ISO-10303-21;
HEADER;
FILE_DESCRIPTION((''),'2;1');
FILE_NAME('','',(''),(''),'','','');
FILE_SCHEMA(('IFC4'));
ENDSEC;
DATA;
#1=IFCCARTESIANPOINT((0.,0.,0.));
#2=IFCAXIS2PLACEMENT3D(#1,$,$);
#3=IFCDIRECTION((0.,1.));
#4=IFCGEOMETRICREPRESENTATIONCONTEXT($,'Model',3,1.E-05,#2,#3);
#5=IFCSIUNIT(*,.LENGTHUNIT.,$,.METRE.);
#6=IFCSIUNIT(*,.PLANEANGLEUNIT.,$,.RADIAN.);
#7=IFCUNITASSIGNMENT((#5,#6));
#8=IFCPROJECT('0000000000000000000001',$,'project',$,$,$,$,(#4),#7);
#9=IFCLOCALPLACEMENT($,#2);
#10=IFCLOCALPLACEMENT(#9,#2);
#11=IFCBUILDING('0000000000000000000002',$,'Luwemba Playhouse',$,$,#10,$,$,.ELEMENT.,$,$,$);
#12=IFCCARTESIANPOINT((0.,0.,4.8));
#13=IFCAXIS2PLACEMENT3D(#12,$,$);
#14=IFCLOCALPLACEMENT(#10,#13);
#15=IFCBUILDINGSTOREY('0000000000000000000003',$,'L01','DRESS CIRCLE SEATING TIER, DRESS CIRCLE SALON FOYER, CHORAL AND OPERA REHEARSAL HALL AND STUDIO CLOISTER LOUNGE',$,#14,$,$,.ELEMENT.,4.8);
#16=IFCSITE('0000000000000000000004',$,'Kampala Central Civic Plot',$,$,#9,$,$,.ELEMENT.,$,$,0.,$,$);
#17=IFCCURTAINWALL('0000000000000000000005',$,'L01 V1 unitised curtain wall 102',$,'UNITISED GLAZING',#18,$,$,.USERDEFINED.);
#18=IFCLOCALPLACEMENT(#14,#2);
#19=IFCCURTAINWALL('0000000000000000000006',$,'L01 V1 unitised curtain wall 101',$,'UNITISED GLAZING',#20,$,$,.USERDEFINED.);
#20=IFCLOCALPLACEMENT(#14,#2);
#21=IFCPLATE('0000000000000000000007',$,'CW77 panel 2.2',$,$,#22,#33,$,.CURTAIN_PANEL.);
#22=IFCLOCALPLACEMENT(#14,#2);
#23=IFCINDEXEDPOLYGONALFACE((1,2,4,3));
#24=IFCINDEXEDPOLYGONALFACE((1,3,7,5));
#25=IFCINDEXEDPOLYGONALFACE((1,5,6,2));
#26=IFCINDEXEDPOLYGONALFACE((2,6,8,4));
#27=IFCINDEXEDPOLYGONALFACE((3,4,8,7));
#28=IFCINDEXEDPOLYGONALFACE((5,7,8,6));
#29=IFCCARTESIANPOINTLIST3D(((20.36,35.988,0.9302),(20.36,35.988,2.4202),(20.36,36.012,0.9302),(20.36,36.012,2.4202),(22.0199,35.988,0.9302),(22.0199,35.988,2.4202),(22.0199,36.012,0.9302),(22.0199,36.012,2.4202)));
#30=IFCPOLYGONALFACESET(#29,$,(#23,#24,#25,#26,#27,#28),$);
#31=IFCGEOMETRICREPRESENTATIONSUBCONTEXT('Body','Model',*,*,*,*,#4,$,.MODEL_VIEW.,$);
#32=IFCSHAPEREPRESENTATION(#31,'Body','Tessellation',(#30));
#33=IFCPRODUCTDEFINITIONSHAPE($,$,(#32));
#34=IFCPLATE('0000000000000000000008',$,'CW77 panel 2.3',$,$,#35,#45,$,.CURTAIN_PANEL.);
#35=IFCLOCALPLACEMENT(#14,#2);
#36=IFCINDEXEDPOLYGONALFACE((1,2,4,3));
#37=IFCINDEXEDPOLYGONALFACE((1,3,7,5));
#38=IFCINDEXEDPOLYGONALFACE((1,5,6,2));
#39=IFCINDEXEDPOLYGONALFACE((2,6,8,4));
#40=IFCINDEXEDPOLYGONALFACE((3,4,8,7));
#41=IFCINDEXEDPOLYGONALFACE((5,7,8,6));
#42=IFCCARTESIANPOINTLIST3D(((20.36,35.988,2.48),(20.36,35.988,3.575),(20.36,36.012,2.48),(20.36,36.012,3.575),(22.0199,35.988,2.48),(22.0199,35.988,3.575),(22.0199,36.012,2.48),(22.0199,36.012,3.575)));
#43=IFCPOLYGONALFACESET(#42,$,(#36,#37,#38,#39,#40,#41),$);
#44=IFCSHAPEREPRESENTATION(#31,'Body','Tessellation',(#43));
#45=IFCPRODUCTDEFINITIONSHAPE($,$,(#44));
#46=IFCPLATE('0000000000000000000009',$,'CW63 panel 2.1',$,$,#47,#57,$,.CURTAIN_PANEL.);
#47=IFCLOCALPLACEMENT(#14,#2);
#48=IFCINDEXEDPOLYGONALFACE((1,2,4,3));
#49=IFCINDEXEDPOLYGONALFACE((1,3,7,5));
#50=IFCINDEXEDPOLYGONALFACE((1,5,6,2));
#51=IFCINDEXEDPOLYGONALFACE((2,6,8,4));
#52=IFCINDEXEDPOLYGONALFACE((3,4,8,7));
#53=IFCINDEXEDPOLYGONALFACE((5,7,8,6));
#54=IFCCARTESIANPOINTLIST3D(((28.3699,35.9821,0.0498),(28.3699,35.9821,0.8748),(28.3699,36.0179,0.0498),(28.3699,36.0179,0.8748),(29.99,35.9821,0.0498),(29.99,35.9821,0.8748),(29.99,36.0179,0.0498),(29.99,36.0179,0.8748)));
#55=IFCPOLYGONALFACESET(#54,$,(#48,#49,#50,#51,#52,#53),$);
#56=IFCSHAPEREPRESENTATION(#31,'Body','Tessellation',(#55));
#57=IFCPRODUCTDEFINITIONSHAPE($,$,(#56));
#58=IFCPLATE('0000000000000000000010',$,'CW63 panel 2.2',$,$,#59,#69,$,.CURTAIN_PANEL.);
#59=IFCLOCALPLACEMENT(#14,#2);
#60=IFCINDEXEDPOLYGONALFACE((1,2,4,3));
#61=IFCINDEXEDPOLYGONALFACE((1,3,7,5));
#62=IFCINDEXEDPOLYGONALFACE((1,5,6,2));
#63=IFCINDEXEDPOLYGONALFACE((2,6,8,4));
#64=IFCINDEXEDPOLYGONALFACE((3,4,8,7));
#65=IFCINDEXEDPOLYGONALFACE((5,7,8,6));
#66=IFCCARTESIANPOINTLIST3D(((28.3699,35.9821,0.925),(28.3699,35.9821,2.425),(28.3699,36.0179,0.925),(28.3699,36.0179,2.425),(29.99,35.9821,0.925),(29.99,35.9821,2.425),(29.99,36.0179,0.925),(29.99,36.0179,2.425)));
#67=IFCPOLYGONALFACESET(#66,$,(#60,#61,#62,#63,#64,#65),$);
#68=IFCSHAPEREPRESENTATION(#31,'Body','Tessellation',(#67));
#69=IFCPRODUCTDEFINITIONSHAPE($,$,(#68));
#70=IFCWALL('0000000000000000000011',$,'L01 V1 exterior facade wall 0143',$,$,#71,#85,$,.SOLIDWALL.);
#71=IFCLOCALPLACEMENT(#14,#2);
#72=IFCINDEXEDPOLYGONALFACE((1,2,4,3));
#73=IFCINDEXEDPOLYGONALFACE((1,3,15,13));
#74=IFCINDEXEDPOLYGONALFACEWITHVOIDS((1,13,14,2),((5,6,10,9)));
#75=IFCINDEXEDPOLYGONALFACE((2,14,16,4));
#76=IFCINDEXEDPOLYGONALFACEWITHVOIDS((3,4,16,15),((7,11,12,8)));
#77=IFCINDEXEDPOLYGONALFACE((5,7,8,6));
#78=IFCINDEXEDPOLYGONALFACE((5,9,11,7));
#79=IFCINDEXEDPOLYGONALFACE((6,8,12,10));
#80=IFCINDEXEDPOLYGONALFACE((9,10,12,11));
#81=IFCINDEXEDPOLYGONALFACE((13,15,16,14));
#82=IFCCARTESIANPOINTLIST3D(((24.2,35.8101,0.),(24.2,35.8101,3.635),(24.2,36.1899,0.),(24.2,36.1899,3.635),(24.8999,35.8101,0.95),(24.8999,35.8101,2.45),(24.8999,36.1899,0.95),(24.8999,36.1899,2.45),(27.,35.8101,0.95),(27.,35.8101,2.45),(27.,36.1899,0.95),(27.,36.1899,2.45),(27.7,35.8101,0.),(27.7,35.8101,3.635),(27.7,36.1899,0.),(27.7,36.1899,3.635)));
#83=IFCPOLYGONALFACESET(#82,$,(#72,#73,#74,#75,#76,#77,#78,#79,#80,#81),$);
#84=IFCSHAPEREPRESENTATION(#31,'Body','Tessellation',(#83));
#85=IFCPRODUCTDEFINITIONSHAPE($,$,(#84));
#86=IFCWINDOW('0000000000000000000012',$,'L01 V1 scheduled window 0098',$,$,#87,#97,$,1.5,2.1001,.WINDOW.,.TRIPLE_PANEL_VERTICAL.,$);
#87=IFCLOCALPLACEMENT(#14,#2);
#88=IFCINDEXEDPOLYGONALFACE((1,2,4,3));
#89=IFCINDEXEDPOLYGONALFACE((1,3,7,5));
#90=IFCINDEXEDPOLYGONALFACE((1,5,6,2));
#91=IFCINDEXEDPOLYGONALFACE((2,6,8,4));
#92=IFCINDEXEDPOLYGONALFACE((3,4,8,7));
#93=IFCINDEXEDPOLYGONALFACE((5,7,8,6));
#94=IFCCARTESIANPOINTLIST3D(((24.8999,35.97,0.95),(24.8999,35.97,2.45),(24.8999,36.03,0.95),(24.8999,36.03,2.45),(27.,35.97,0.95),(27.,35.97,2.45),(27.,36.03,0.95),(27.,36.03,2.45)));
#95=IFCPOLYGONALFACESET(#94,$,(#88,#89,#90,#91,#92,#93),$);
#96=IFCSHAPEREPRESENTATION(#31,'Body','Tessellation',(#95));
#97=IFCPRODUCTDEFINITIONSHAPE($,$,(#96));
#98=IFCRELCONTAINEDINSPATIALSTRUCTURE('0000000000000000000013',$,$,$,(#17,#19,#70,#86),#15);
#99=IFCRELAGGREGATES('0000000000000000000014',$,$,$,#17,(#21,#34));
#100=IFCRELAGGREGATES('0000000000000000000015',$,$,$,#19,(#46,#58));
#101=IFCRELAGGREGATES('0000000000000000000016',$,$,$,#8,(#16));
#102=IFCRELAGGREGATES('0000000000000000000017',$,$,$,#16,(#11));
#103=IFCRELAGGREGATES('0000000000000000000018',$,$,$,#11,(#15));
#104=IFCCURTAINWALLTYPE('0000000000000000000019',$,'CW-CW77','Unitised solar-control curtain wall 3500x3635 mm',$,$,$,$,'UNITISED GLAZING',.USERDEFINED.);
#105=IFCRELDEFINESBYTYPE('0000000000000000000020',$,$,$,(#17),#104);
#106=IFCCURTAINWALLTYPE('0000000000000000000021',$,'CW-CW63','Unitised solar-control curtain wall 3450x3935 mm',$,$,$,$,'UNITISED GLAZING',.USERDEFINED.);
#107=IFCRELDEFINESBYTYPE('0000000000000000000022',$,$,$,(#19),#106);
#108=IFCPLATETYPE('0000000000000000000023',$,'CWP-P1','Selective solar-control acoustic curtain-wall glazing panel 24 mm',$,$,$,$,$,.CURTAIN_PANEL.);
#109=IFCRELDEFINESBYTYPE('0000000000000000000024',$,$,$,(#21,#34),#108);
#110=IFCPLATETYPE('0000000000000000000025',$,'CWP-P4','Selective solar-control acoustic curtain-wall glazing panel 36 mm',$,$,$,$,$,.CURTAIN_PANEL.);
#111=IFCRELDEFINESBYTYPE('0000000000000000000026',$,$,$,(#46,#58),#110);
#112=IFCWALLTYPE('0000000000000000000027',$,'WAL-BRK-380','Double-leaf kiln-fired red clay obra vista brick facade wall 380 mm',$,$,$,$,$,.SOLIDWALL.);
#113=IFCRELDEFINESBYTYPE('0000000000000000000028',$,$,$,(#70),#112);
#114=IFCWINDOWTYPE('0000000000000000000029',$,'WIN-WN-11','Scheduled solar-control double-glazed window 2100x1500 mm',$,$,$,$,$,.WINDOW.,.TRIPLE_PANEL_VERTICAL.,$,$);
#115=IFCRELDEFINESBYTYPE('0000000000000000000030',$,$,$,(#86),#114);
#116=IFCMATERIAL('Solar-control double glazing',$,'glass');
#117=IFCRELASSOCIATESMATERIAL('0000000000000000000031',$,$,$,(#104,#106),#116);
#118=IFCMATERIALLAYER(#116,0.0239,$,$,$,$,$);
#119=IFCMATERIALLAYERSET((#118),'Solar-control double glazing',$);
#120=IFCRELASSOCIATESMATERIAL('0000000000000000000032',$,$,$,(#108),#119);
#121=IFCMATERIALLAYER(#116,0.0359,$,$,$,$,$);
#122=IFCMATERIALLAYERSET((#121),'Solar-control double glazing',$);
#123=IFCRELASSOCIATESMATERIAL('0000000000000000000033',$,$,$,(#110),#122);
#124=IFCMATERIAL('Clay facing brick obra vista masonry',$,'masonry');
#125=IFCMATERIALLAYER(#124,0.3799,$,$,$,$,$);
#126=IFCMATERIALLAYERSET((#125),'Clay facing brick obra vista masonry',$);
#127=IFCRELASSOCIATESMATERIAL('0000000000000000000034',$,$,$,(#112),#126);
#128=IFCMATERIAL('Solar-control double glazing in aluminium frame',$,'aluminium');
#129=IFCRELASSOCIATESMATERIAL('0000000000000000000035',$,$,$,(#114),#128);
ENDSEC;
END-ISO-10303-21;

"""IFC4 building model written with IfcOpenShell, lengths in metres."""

from ifc_helpers import new_model, si_unit, direction, frame, frame_2d, origin, origin_2d, place, context, subcontext, project, spatial, rectangle, extrude, material, layer, layer_set, type_object, element, fill, aggregate, save


model = new_model("IFC4")

# Units and contexts
model_context = context("Model", 3, precision=1e-05, world=origin(), true_north=direction((0.0, 1.0)))
body_context = subcontext(model_context, "Body", "Model", "MODEL_VIEW")
ifc_project = project(units=[si_unit("LENGTHUNIT", "METRE"), si_unit("PLANEANGLEUNIT", "RADIAN")], contexts=[model_context])

# Site, building, storey
site_placement = place(None, origin())
site = spatial("IfcSite", under=ifc_project, at=site_placement, Name="Kampala Central Civic Plot", CompositionType="ELEMENT", RefElevation=0.0)
building_placement = place(site_placement, origin())
building = spatial("IfcBuilding", under=site, at=building_placement, Name="Luwemba Playhouse", CompositionType="ELEMENT")
storey_placement = place(building_placement, frame((0.0, 0.0, 4.8)))
storey = spatial("IfcBuildingStorey", under=building, at=storey_placement, Name="L01", Description="DRESS CIRCLE SEATING TIER, DRESS CIRCLE SALON FOYER, CHORAL AND OPERA REHEARSAL HALL AND STUDIO CLOISTER LOUNGE", CompositionType="ELEMENT", Elevation=4.8)

# Curtain wall
ifc_material_1 = material(Name="Solar-control double glazing", Category="glass")
curtain_wall_type_1 = type_object("IfcCurtainWallType", Name="CW-CW77", Description="Unitised solar-control curtain wall 3500x3635 mm", ElementType="UNITISED GLAZING", PredefinedType="USERDEFINED", material=ifc_material_1)
curtain_wall_1_placement = place(storey_placement, origin())
curtain_wall_1 = element("IfcCurtainWall", 1, at=curtain_wall_1_placement, inside=storey, type_object=curtain_wall_type_1, Name="L01 V1 unitised curtain wall 102", ObjectType="UNITISED GLAZING", PredefinedType="USERDEFINED")

# Curtain wall
curtain_wall_type_2 = type_object("IfcCurtainWallType", Name="CW-CW63", Description="Unitised solar-control curtain wall 3450x3935 mm", ElementType="UNITISED GLAZING", PredefinedType="USERDEFINED", material=ifc_material_1)
curtain_wall_2_placement = place(storey_placement, origin())
curtain_wall_2 = element("IfcCurtainWall", 2, at=curtain_wall_2_placement, inside=storey, type_object=curtain_wall_type_2, Name="L01 V1 unitised curtain wall 101", ObjectType="UNITISED GLAZING", PredefinedType="USERDEFINED")

# Plates
ifc_layer_1 = layer(ifc_material_1, 0.0239)
ifc_layer_set_1 = layer_set([ifc_layer_1], Name="Solar-control double glazing")
plate_type_1 = type_object("IfcPlateType", Name="CWP-P1", Description="Selective solar-control acoustic curtain-wall glazing panel 24 mm", PredefinedType="CURTAIN_PANEL", material=ifc_layer_set_1)
plate_1_placement = place(storey_placement, frame((21.1899, 36.0, 0.9302), z_axis=(0.0, 0.0, 1.0), x_axis=(-1.0, 0.0, 0.0)))
plate_1 = element("IfcPlate", 3, at=plate_1_placement, type_object=plate_type_1, Name="CW77 panel 2.2", PredefinedType="CURTAIN_PANEL", context=body_context, shape_type="SweptSolid", body=[
    extrude(rectangle(XDim=1.6599, YDim=0.0239, at=origin_2d()), origin(), (0.0, 0.0, 1.0), 1.49),
])
plate_2_placement = place(storey_placement, frame((21.1899, 36.0, 2.48), z_axis=(0.0, 0.0, 1.0), x_axis=(-1.0, 0.0, 0.0)))
plate_2 = element("IfcPlate", 4, at=plate_2_placement, type_object=plate_type_1, Name="CW77 panel 2.3", PredefinedType="CURTAIN_PANEL", context=body_context, shape_type="SweptSolid", body=[
    extrude(rectangle(XDim=1.6599, YDim=0.0239, at=origin_2d()), origin(), (0.0, 0.0, 1.0), 1.095),
])
aggregate(curtain_wall_1, [plate_1, plate_2])
ifc_layer_2 = layer(ifc_material_1, 0.0359)
ifc_layer_set_2 = layer_set([ifc_layer_2], Name="Solar-control double glazing")
plate_type_2 = type_object("IfcPlateType", Name="CWP-P4", Description="Selective solar-control acoustic curtain-wall glazing panel 36 mm", PredefinedType="CURTAIN_PANEL", material=ifc_layer_set_2)
plate_3_placement = place(storey_placement, frame((29.1799, 36.0, 0.0498), z_axis=(0.0, 0.0, 1.0), x_axis=(-1.0, 0.0, 0.0)))
plate_3 = element("IfcPlate", 5, at=plate_3_placement, type_object=plate_type_2, Name="CW63 panel 2.1", PredefinedType="CURTAIN_PANEL", context=body_context, shape_type="SweptSolid", body=[
    extrude(rectangle(XDim=1.6201, YDim=0.0359, at=origin_2d()), origin(), (0.0, 0.0, 1.0), 0.825),
])
plate_4_placement = place(storey_placement, frame((29.1799, 36.0, 0.925), z_axis=(0.0, 0.0, 1.0), x_axis=(-1.0, 0.0, 0.0)))
plate_4 = element("IfcPlate", 6, at=plate_4_placement, type_object=plate_type_2, Name="CW63 panel 2.2", PredefinedType="CURTAIN_PANEL", context=body_context, shape_type="SweptSolid", body=[
    extrude(rectangle(XDim=1.6201, YDim=0.0359, at=origin_2d()), origin(), (0.0, 0.0, 1.0), 1.5),
])
aggregate(curtain_wall_2, [plate_3, plate_4])

# Wall, opening, window
ifc_material_2 = material(Name="Clay facing brick obra vista masonry", Category="masonry")
ifc_layer_3 = layer(ifc_material_2, 0.3799)
ifc_layer_set_3 = layer_set([ifc_layer_3], Name="Clay facing brick obra vista masonry")
wall_type = type_object("IfcWallType", Name="WAL-BRK-380", Description="Double-leaf kiln-fired red clay obra vista brick facade wall 380 mm", PredefinedType="SOLIDWALL", material=ifc_layer_set_3)
wall_placement = place(storey_placement, frame((27.7, 36.0, 0.0), z_axis=(0.0, 0.0, 1.0), x_axis=(-1.0, 0.0, 0.0)))
wall = element("IfcWall", 7, at=wall_placement, inside=storey, type_object=wall_type, Name="L01 V1 exterior facade wall 0143", PredefinedType="SOLIDWALL", context=body_context, shape_type="SweptSolid", body=[
    extrude(rectangle(XDim=3.5, YDim=0.3799, at=frame_2d((1.75, 0.0))), origin(), (0.0, 0.0, 1.0), 3.635),
])
opening_placement = place(wall_placement, frame((0.7, 0.0, 0.95)))
opening = element("IfcOpeningElement", 8, at=opening_placement, cuts=wall, PredefinedType="OPENING", context=body_context, shape_type="SweptSolid", body=[
    extrude(rectangle(XDim=2.1001, YDim=1.5, at=frame_2d((1.05, 0.75))), frame((0.0, 0.2, 0.0), z_axis=(0.0, -1.0, 0.0), x_axis=(1.0, 0.0, 0.0)), (0.0, 0.0, 1.0), 0.3999),
])
ifc_material_3 = material(Name="Solar-control double glazing in aluminium frame", Category="aluminium")
window_type = type_object("IfcWindowType", Name="WIN-WN-11", Description="Scheduled solar-control double-glazed window 2100x1500 mm", PartitioningType="TRIPLE_PANEL_VERTICAL", PredefinedType="WINDOW", material=ifc_material_3)
window_placement = place(opening_placement, origin())
window = element("IfcWindow", 9, at=window_placement, inside=storey, type_object=window_type, Name="L01 V1 scheduled window 0098", OverallHeight=1.5, OverallWidth=2.1001, PartitioningType="TRIPLE_PANEL_VERTICAL", PredefinedType="WINDOW", context=body_context, shape_type="SweptSolid", body=[
    extrude(rectangle(XDim=2.1001, YDim=1.5, at=frame_2d((1.05, 0.75))), frame((0.0, 0.03, 0.0), z_axis=(0.0, -1.0, 0.0), x_axis=(1.0, 0.0, 0.0)), (0.0, 0.0, 1.0), 0.0601),
])
fill(opening, window)

save(model, "model.ifc")
